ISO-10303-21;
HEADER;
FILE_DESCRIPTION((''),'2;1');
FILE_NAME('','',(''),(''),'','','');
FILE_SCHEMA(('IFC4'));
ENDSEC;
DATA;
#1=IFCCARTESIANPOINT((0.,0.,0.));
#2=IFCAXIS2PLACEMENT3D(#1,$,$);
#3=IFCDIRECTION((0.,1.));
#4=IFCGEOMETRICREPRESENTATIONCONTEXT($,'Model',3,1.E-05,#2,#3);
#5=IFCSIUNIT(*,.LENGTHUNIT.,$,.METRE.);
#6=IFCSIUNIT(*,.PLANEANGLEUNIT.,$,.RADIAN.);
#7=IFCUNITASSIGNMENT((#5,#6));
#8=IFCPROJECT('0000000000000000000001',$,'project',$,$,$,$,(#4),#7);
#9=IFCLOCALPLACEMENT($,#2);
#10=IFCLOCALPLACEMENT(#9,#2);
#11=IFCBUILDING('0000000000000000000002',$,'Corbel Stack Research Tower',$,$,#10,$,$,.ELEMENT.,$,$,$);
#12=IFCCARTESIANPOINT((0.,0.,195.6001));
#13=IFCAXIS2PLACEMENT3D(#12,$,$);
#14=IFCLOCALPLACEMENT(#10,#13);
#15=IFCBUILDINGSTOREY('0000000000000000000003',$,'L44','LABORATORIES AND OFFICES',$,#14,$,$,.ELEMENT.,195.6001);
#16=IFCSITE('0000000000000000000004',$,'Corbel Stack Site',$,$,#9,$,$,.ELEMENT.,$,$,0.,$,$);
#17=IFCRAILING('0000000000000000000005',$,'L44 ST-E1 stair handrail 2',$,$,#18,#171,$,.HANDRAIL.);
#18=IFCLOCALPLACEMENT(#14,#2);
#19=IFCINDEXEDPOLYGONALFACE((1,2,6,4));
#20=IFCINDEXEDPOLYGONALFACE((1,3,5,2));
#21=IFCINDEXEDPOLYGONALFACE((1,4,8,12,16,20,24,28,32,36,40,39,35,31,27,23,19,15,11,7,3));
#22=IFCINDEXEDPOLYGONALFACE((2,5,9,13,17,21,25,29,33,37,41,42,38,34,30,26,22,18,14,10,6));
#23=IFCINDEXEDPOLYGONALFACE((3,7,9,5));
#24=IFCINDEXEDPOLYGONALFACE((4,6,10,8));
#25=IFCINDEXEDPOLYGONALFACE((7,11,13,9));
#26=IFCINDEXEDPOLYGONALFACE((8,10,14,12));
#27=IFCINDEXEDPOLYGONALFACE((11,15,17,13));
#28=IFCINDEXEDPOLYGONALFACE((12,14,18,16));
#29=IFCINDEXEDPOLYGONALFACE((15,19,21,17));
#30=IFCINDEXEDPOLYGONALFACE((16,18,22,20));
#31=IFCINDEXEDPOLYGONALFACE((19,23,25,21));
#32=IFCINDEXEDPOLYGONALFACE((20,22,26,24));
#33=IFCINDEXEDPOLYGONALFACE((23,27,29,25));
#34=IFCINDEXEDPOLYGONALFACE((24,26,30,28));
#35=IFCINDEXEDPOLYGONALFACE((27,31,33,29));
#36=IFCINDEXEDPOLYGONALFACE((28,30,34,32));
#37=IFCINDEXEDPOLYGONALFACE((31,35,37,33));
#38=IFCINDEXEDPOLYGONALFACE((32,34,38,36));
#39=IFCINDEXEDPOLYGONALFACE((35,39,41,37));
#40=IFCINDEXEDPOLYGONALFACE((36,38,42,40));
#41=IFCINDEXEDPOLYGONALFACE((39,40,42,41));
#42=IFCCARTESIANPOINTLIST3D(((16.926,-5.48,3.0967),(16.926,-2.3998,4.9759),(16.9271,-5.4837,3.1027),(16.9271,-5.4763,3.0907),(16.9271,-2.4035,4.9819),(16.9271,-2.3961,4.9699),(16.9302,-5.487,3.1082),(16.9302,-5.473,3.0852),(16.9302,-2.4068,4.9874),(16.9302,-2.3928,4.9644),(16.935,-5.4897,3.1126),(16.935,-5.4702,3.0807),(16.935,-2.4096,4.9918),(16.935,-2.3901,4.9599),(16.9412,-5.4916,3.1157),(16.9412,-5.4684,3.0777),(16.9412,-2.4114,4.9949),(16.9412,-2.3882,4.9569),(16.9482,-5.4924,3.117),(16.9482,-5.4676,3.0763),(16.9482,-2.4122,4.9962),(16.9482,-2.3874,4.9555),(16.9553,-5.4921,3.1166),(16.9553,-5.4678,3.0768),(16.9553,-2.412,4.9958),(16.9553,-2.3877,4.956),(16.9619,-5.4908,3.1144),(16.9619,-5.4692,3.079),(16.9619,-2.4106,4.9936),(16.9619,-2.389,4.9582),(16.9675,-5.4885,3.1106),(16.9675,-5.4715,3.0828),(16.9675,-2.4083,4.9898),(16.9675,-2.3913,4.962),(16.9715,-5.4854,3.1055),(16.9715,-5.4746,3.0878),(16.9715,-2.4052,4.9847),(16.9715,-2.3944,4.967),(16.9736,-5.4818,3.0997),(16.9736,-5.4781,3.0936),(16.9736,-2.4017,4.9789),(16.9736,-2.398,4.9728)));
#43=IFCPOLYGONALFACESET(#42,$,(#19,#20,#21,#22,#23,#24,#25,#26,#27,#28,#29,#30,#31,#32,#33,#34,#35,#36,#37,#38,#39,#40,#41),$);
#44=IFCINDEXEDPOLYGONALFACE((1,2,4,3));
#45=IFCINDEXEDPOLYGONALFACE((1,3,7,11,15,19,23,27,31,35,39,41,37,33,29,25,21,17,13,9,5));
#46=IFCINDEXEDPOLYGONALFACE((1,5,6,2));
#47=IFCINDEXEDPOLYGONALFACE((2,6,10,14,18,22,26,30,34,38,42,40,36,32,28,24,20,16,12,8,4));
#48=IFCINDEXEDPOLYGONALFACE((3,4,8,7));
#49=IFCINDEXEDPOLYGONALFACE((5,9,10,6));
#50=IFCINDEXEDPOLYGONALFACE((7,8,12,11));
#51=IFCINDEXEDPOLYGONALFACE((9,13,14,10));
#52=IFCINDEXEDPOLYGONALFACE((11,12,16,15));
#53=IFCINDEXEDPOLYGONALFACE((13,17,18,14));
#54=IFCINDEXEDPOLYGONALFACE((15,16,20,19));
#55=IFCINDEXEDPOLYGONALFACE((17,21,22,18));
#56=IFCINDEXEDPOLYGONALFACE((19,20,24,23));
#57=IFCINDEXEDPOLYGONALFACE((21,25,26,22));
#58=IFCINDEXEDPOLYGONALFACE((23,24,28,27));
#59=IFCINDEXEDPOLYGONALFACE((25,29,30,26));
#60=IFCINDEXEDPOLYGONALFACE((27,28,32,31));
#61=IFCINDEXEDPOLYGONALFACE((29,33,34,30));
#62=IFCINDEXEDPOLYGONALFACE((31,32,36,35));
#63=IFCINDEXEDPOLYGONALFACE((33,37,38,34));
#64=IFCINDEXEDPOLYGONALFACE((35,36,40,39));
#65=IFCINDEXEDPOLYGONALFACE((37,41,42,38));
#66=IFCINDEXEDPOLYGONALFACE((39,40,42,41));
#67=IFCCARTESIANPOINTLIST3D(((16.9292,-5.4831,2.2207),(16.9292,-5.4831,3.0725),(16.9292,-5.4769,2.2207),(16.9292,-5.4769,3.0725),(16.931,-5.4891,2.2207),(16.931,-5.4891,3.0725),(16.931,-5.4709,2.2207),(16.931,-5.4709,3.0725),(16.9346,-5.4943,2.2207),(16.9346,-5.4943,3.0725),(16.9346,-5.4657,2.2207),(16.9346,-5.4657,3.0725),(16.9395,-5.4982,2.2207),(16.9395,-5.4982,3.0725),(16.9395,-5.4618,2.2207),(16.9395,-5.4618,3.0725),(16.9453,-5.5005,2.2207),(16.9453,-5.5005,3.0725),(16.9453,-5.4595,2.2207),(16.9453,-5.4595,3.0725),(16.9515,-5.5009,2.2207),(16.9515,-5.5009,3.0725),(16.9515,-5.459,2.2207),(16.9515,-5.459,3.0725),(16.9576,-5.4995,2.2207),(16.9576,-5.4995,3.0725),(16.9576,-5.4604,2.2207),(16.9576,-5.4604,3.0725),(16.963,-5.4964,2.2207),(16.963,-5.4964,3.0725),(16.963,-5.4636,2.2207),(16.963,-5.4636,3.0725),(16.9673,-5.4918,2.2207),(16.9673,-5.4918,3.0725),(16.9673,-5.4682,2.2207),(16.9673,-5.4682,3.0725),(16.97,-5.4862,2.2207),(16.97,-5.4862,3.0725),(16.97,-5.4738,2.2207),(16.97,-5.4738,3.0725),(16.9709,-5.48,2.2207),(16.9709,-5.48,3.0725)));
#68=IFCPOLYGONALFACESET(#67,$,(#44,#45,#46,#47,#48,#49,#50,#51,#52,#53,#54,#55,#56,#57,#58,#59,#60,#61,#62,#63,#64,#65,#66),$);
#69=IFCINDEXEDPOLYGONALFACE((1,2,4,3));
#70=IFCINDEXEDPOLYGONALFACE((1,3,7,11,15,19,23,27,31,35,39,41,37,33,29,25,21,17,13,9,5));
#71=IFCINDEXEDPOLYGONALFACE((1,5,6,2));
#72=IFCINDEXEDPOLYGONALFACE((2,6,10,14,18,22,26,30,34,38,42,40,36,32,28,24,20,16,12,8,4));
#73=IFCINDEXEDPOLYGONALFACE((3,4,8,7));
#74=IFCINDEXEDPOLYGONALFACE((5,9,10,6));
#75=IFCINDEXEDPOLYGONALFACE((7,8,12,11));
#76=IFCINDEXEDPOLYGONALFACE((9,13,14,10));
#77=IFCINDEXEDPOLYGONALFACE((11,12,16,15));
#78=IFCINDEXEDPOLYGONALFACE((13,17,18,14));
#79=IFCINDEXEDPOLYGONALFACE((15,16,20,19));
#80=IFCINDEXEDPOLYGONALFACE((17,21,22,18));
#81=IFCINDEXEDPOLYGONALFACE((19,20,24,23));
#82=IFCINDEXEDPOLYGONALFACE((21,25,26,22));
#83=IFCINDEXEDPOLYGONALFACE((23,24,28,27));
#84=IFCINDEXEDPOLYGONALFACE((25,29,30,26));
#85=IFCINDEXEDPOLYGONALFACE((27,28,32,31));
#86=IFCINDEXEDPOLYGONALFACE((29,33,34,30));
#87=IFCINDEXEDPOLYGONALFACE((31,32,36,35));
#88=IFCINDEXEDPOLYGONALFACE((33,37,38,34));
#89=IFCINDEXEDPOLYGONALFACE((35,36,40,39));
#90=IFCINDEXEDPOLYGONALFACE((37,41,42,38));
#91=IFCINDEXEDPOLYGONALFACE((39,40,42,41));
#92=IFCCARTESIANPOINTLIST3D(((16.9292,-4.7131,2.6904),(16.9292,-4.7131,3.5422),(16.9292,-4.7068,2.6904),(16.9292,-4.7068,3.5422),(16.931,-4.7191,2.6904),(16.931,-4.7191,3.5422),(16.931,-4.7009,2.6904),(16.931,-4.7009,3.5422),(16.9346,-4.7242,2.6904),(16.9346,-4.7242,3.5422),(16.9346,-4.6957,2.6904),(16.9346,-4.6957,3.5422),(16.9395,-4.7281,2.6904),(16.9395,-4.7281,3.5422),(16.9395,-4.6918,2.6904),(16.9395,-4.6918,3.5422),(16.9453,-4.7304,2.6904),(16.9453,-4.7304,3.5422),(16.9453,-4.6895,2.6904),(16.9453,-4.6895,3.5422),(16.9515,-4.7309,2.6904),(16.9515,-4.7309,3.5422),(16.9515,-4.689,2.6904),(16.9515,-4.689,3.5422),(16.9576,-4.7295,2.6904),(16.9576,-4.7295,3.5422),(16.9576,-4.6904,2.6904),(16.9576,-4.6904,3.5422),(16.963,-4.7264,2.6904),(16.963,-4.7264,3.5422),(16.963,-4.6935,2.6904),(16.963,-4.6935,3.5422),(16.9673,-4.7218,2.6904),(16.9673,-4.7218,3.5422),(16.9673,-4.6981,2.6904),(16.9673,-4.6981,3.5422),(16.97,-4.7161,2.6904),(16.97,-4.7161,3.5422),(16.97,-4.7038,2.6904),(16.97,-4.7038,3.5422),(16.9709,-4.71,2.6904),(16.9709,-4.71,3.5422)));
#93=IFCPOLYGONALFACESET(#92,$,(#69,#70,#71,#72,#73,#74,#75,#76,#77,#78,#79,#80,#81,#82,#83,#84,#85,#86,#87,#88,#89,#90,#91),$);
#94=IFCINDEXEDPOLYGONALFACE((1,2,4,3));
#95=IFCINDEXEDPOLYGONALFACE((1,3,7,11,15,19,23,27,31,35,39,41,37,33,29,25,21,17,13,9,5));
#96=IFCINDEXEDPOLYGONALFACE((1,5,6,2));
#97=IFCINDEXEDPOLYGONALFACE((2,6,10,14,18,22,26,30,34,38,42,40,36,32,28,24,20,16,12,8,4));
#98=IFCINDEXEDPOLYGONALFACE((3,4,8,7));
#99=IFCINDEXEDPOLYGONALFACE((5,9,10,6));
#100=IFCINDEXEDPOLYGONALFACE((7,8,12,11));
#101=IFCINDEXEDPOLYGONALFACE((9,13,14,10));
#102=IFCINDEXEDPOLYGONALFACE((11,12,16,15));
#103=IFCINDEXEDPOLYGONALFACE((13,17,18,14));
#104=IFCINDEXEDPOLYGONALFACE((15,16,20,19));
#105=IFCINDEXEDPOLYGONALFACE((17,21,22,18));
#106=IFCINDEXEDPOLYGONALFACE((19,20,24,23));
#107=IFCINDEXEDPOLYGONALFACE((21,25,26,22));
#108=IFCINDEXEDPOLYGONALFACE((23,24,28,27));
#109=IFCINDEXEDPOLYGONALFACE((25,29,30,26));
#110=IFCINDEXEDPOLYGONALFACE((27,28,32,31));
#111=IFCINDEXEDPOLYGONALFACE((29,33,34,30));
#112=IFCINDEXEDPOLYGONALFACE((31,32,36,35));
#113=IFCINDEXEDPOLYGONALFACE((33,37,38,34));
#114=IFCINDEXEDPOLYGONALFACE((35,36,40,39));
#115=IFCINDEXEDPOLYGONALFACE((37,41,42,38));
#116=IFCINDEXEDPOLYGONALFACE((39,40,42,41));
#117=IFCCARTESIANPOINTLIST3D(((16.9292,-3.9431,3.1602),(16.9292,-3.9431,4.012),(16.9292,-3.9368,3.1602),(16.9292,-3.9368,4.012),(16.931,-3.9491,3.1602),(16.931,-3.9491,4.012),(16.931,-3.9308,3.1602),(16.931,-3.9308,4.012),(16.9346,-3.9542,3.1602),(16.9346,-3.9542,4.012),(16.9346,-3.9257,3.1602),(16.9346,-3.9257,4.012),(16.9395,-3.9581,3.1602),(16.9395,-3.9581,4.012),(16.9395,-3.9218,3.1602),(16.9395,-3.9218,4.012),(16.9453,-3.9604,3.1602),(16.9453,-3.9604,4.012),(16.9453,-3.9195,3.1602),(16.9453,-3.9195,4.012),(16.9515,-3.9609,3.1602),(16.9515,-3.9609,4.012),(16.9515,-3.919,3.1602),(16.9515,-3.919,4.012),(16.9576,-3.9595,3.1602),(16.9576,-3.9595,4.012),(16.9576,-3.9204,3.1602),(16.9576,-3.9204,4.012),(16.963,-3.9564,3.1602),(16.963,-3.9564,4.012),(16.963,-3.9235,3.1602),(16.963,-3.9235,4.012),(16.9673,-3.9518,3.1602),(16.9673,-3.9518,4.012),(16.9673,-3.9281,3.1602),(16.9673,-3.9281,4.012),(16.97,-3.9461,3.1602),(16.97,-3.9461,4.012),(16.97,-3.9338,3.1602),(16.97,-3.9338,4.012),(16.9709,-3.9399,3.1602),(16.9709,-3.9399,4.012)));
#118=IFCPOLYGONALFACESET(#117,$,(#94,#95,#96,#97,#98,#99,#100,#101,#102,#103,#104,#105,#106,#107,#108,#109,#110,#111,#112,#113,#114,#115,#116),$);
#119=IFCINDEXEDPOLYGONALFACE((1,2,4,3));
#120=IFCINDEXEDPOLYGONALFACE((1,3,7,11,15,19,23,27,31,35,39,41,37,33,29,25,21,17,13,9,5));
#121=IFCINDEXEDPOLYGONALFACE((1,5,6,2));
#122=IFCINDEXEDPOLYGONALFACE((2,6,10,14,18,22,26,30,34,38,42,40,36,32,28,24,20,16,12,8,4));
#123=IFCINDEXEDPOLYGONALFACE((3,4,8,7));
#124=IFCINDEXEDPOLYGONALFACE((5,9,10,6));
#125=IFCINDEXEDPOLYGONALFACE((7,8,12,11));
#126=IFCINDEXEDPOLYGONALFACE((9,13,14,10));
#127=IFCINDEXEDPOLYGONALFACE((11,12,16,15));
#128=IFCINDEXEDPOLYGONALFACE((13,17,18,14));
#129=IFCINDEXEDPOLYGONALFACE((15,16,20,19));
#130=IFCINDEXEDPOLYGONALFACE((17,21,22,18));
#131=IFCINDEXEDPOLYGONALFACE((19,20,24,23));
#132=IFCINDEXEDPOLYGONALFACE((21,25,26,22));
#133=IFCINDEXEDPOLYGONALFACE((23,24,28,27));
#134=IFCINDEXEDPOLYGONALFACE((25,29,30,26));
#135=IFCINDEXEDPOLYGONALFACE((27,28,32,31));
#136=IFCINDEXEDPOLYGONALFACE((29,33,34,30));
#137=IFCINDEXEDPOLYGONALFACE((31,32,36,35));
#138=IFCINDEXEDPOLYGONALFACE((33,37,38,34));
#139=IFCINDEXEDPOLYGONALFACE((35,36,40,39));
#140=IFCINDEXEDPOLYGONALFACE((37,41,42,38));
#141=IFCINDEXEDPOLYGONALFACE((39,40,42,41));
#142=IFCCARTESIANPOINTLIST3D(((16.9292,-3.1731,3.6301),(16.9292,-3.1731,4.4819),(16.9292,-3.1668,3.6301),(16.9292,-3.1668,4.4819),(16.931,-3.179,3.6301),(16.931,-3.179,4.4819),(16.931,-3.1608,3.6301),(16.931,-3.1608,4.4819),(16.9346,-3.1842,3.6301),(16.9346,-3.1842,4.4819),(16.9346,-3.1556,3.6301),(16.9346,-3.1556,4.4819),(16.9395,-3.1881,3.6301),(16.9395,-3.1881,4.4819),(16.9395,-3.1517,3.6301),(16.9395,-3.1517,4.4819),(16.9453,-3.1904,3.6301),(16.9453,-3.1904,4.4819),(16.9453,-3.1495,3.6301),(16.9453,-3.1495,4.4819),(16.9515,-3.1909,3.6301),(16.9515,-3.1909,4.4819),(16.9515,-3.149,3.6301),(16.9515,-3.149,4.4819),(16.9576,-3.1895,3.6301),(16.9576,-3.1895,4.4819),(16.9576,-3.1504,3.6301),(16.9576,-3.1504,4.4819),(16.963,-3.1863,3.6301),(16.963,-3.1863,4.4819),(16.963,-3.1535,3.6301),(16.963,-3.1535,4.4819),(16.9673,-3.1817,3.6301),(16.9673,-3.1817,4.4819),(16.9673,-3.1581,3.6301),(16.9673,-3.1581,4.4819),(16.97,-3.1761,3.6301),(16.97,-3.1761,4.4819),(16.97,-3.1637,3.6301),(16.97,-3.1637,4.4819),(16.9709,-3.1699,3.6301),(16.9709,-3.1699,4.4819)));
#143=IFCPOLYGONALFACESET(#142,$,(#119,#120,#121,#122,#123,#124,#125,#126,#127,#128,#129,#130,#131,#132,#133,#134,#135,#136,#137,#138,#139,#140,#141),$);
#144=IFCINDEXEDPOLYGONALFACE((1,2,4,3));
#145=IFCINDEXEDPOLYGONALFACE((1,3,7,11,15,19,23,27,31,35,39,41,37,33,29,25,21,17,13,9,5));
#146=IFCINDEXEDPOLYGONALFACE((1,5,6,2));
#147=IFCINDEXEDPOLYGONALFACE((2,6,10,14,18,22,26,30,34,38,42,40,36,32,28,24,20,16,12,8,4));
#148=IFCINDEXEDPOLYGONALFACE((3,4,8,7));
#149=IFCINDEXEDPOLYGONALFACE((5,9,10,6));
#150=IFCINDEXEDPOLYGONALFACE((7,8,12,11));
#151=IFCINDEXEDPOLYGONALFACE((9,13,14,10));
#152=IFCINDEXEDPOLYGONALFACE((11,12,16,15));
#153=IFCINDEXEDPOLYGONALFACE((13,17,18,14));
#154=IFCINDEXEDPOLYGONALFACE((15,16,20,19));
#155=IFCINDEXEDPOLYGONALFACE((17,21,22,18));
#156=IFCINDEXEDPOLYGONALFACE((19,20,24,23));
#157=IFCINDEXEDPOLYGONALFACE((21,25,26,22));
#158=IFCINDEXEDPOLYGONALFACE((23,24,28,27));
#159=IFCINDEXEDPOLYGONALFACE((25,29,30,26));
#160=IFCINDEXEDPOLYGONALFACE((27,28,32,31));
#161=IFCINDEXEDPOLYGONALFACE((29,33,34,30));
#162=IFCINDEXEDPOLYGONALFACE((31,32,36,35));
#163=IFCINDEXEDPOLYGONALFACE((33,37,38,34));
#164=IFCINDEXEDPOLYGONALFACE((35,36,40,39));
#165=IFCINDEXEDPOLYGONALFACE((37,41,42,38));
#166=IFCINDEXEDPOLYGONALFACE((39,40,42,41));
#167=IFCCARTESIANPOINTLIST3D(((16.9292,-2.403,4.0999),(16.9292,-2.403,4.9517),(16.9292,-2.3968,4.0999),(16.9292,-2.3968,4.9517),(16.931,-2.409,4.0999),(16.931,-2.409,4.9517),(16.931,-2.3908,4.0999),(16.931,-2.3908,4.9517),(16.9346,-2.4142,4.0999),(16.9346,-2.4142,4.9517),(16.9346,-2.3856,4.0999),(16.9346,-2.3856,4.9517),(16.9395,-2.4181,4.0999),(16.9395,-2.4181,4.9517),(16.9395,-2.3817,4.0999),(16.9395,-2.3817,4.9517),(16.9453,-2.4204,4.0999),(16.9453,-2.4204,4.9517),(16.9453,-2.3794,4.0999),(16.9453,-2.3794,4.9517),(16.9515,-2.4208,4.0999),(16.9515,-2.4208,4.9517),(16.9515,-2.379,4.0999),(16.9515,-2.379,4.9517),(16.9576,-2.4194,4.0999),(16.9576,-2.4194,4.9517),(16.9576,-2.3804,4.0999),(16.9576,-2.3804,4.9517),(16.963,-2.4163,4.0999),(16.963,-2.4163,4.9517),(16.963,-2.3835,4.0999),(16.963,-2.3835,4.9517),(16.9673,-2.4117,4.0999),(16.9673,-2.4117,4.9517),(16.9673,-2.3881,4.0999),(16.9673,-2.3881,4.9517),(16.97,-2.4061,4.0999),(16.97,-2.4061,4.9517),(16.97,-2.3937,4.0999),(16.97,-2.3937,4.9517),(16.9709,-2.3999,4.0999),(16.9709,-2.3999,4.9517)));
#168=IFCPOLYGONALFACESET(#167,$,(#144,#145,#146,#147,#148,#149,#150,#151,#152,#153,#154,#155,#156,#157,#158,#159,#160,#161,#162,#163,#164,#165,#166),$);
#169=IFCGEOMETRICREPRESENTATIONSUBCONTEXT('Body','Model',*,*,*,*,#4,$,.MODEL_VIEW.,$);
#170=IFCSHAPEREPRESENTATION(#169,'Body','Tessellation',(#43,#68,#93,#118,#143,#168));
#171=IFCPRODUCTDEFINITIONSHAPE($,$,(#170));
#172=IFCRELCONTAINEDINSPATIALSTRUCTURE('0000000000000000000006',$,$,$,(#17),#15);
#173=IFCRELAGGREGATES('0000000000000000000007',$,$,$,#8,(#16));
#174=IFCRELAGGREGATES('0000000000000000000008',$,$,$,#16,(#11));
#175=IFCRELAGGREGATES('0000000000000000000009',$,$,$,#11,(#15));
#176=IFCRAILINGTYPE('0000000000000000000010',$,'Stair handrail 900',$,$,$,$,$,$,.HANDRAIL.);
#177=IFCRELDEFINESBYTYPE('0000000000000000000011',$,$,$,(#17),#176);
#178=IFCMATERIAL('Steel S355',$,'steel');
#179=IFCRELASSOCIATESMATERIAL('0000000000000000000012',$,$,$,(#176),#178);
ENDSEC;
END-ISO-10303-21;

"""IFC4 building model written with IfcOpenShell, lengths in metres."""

from ifc_helpers import new_model, si_unit, direction, frame, origin, origin_2d, place, context, subcontext, project, spatial, circle, extrude, material, type_object, element, save


model = new_model("IFC4")

# Units and contexts
model_context = context("Model", 3, precision=1e-05, world=origin(), true_north=direction((0.0, 1.0)))
body_context = subcontext(model_context, "Body", "Model", "MODEL_VIEW")
ifc_project = project(units=[si_unit("LENGTHUNIT", "METRE"), si_unit("PLANEANGLEUNIT", "RADIAN")], contexts=[model_context])

# Site, building, storey
site_placement = place(None, origin())
site = spatial("IfcSite", under=ifc_project, at=site_placement, Name="Corbel Stack Site", CompositionType="ELEMENT", RefElevation=0.0)
building_placement = place(site_placement, origin())
building = spatial("IfcBuilding", under=site, at=building_placement, Name="Corbel Stack Research Tower", CompositionType="ELEMENT")
storey_placement = place(building_placement, frame((0.0, 0.0, 195.6001)))
storey = spatial("IfcBuildingStorey", under=building, at=storey_placement, Name="L44", Description="LABORATORIES AND OFFICES", CompositionType="ELEMENT", Elevation=195.6001)

# Railing
ifc_material_1 = material(Name="Steel S355", Category="steel")
railing_type_1 = type_object("IfcRailingType", Name="Stair handrail 900", PredefinedType="HANDRAIL", material=ifc_material_1)
railing_1_placement = place(storey_placement, frame((16.95, -5.48, 2.2207)))
element("IfcRailing", 1, at=railing_1_placement, inside=storey, type_object=railing_type_1, Name="L44 ST-E1 stair handrail 2", PredefinedType="HANDRAIL", context=body_context, shape_type="SweptSolid", body=[
    extrude(circle(Radius=0.0239, at=origin_2d()), frame((0.0, 0.0, 0.876), z_axis=(0.0, 0.853666, 0.52082), x_axis=(-1.0, 0.0, 0.0)), (0.0, 0.0, 1.0), 3.6082),
    extrude(circle(Radius=0.021, at=origin_2d()), origin(), (0.0, 0.0, 1.0), 0.8518),
    extrude(circle(Radius=0.021, at=origin_2d()), frame((0.0, 0.77, 0.4697)), (0.0, 0.0, 1.0), 0.8518),
    extrude(circle(Radius=0.021, at=origin_2d()), frame((0.0, 1.54, 0.9395)), (0.0, 0.0, 1.0), 0.8518),
    extrude(circle(Radius=0.021, at=origin_2d()), frame((0.0, 2.3101, 1.4094)), (0.0, 0.0, 1.0), 0.8518),
    extrude(circle(Radius=0.021, at=origin_2d()), frame((0.0, 3.0801, 1.8792)), (0.0, 0.0, 1.0), 0.8518),
])

save(model, "model.ifc")
